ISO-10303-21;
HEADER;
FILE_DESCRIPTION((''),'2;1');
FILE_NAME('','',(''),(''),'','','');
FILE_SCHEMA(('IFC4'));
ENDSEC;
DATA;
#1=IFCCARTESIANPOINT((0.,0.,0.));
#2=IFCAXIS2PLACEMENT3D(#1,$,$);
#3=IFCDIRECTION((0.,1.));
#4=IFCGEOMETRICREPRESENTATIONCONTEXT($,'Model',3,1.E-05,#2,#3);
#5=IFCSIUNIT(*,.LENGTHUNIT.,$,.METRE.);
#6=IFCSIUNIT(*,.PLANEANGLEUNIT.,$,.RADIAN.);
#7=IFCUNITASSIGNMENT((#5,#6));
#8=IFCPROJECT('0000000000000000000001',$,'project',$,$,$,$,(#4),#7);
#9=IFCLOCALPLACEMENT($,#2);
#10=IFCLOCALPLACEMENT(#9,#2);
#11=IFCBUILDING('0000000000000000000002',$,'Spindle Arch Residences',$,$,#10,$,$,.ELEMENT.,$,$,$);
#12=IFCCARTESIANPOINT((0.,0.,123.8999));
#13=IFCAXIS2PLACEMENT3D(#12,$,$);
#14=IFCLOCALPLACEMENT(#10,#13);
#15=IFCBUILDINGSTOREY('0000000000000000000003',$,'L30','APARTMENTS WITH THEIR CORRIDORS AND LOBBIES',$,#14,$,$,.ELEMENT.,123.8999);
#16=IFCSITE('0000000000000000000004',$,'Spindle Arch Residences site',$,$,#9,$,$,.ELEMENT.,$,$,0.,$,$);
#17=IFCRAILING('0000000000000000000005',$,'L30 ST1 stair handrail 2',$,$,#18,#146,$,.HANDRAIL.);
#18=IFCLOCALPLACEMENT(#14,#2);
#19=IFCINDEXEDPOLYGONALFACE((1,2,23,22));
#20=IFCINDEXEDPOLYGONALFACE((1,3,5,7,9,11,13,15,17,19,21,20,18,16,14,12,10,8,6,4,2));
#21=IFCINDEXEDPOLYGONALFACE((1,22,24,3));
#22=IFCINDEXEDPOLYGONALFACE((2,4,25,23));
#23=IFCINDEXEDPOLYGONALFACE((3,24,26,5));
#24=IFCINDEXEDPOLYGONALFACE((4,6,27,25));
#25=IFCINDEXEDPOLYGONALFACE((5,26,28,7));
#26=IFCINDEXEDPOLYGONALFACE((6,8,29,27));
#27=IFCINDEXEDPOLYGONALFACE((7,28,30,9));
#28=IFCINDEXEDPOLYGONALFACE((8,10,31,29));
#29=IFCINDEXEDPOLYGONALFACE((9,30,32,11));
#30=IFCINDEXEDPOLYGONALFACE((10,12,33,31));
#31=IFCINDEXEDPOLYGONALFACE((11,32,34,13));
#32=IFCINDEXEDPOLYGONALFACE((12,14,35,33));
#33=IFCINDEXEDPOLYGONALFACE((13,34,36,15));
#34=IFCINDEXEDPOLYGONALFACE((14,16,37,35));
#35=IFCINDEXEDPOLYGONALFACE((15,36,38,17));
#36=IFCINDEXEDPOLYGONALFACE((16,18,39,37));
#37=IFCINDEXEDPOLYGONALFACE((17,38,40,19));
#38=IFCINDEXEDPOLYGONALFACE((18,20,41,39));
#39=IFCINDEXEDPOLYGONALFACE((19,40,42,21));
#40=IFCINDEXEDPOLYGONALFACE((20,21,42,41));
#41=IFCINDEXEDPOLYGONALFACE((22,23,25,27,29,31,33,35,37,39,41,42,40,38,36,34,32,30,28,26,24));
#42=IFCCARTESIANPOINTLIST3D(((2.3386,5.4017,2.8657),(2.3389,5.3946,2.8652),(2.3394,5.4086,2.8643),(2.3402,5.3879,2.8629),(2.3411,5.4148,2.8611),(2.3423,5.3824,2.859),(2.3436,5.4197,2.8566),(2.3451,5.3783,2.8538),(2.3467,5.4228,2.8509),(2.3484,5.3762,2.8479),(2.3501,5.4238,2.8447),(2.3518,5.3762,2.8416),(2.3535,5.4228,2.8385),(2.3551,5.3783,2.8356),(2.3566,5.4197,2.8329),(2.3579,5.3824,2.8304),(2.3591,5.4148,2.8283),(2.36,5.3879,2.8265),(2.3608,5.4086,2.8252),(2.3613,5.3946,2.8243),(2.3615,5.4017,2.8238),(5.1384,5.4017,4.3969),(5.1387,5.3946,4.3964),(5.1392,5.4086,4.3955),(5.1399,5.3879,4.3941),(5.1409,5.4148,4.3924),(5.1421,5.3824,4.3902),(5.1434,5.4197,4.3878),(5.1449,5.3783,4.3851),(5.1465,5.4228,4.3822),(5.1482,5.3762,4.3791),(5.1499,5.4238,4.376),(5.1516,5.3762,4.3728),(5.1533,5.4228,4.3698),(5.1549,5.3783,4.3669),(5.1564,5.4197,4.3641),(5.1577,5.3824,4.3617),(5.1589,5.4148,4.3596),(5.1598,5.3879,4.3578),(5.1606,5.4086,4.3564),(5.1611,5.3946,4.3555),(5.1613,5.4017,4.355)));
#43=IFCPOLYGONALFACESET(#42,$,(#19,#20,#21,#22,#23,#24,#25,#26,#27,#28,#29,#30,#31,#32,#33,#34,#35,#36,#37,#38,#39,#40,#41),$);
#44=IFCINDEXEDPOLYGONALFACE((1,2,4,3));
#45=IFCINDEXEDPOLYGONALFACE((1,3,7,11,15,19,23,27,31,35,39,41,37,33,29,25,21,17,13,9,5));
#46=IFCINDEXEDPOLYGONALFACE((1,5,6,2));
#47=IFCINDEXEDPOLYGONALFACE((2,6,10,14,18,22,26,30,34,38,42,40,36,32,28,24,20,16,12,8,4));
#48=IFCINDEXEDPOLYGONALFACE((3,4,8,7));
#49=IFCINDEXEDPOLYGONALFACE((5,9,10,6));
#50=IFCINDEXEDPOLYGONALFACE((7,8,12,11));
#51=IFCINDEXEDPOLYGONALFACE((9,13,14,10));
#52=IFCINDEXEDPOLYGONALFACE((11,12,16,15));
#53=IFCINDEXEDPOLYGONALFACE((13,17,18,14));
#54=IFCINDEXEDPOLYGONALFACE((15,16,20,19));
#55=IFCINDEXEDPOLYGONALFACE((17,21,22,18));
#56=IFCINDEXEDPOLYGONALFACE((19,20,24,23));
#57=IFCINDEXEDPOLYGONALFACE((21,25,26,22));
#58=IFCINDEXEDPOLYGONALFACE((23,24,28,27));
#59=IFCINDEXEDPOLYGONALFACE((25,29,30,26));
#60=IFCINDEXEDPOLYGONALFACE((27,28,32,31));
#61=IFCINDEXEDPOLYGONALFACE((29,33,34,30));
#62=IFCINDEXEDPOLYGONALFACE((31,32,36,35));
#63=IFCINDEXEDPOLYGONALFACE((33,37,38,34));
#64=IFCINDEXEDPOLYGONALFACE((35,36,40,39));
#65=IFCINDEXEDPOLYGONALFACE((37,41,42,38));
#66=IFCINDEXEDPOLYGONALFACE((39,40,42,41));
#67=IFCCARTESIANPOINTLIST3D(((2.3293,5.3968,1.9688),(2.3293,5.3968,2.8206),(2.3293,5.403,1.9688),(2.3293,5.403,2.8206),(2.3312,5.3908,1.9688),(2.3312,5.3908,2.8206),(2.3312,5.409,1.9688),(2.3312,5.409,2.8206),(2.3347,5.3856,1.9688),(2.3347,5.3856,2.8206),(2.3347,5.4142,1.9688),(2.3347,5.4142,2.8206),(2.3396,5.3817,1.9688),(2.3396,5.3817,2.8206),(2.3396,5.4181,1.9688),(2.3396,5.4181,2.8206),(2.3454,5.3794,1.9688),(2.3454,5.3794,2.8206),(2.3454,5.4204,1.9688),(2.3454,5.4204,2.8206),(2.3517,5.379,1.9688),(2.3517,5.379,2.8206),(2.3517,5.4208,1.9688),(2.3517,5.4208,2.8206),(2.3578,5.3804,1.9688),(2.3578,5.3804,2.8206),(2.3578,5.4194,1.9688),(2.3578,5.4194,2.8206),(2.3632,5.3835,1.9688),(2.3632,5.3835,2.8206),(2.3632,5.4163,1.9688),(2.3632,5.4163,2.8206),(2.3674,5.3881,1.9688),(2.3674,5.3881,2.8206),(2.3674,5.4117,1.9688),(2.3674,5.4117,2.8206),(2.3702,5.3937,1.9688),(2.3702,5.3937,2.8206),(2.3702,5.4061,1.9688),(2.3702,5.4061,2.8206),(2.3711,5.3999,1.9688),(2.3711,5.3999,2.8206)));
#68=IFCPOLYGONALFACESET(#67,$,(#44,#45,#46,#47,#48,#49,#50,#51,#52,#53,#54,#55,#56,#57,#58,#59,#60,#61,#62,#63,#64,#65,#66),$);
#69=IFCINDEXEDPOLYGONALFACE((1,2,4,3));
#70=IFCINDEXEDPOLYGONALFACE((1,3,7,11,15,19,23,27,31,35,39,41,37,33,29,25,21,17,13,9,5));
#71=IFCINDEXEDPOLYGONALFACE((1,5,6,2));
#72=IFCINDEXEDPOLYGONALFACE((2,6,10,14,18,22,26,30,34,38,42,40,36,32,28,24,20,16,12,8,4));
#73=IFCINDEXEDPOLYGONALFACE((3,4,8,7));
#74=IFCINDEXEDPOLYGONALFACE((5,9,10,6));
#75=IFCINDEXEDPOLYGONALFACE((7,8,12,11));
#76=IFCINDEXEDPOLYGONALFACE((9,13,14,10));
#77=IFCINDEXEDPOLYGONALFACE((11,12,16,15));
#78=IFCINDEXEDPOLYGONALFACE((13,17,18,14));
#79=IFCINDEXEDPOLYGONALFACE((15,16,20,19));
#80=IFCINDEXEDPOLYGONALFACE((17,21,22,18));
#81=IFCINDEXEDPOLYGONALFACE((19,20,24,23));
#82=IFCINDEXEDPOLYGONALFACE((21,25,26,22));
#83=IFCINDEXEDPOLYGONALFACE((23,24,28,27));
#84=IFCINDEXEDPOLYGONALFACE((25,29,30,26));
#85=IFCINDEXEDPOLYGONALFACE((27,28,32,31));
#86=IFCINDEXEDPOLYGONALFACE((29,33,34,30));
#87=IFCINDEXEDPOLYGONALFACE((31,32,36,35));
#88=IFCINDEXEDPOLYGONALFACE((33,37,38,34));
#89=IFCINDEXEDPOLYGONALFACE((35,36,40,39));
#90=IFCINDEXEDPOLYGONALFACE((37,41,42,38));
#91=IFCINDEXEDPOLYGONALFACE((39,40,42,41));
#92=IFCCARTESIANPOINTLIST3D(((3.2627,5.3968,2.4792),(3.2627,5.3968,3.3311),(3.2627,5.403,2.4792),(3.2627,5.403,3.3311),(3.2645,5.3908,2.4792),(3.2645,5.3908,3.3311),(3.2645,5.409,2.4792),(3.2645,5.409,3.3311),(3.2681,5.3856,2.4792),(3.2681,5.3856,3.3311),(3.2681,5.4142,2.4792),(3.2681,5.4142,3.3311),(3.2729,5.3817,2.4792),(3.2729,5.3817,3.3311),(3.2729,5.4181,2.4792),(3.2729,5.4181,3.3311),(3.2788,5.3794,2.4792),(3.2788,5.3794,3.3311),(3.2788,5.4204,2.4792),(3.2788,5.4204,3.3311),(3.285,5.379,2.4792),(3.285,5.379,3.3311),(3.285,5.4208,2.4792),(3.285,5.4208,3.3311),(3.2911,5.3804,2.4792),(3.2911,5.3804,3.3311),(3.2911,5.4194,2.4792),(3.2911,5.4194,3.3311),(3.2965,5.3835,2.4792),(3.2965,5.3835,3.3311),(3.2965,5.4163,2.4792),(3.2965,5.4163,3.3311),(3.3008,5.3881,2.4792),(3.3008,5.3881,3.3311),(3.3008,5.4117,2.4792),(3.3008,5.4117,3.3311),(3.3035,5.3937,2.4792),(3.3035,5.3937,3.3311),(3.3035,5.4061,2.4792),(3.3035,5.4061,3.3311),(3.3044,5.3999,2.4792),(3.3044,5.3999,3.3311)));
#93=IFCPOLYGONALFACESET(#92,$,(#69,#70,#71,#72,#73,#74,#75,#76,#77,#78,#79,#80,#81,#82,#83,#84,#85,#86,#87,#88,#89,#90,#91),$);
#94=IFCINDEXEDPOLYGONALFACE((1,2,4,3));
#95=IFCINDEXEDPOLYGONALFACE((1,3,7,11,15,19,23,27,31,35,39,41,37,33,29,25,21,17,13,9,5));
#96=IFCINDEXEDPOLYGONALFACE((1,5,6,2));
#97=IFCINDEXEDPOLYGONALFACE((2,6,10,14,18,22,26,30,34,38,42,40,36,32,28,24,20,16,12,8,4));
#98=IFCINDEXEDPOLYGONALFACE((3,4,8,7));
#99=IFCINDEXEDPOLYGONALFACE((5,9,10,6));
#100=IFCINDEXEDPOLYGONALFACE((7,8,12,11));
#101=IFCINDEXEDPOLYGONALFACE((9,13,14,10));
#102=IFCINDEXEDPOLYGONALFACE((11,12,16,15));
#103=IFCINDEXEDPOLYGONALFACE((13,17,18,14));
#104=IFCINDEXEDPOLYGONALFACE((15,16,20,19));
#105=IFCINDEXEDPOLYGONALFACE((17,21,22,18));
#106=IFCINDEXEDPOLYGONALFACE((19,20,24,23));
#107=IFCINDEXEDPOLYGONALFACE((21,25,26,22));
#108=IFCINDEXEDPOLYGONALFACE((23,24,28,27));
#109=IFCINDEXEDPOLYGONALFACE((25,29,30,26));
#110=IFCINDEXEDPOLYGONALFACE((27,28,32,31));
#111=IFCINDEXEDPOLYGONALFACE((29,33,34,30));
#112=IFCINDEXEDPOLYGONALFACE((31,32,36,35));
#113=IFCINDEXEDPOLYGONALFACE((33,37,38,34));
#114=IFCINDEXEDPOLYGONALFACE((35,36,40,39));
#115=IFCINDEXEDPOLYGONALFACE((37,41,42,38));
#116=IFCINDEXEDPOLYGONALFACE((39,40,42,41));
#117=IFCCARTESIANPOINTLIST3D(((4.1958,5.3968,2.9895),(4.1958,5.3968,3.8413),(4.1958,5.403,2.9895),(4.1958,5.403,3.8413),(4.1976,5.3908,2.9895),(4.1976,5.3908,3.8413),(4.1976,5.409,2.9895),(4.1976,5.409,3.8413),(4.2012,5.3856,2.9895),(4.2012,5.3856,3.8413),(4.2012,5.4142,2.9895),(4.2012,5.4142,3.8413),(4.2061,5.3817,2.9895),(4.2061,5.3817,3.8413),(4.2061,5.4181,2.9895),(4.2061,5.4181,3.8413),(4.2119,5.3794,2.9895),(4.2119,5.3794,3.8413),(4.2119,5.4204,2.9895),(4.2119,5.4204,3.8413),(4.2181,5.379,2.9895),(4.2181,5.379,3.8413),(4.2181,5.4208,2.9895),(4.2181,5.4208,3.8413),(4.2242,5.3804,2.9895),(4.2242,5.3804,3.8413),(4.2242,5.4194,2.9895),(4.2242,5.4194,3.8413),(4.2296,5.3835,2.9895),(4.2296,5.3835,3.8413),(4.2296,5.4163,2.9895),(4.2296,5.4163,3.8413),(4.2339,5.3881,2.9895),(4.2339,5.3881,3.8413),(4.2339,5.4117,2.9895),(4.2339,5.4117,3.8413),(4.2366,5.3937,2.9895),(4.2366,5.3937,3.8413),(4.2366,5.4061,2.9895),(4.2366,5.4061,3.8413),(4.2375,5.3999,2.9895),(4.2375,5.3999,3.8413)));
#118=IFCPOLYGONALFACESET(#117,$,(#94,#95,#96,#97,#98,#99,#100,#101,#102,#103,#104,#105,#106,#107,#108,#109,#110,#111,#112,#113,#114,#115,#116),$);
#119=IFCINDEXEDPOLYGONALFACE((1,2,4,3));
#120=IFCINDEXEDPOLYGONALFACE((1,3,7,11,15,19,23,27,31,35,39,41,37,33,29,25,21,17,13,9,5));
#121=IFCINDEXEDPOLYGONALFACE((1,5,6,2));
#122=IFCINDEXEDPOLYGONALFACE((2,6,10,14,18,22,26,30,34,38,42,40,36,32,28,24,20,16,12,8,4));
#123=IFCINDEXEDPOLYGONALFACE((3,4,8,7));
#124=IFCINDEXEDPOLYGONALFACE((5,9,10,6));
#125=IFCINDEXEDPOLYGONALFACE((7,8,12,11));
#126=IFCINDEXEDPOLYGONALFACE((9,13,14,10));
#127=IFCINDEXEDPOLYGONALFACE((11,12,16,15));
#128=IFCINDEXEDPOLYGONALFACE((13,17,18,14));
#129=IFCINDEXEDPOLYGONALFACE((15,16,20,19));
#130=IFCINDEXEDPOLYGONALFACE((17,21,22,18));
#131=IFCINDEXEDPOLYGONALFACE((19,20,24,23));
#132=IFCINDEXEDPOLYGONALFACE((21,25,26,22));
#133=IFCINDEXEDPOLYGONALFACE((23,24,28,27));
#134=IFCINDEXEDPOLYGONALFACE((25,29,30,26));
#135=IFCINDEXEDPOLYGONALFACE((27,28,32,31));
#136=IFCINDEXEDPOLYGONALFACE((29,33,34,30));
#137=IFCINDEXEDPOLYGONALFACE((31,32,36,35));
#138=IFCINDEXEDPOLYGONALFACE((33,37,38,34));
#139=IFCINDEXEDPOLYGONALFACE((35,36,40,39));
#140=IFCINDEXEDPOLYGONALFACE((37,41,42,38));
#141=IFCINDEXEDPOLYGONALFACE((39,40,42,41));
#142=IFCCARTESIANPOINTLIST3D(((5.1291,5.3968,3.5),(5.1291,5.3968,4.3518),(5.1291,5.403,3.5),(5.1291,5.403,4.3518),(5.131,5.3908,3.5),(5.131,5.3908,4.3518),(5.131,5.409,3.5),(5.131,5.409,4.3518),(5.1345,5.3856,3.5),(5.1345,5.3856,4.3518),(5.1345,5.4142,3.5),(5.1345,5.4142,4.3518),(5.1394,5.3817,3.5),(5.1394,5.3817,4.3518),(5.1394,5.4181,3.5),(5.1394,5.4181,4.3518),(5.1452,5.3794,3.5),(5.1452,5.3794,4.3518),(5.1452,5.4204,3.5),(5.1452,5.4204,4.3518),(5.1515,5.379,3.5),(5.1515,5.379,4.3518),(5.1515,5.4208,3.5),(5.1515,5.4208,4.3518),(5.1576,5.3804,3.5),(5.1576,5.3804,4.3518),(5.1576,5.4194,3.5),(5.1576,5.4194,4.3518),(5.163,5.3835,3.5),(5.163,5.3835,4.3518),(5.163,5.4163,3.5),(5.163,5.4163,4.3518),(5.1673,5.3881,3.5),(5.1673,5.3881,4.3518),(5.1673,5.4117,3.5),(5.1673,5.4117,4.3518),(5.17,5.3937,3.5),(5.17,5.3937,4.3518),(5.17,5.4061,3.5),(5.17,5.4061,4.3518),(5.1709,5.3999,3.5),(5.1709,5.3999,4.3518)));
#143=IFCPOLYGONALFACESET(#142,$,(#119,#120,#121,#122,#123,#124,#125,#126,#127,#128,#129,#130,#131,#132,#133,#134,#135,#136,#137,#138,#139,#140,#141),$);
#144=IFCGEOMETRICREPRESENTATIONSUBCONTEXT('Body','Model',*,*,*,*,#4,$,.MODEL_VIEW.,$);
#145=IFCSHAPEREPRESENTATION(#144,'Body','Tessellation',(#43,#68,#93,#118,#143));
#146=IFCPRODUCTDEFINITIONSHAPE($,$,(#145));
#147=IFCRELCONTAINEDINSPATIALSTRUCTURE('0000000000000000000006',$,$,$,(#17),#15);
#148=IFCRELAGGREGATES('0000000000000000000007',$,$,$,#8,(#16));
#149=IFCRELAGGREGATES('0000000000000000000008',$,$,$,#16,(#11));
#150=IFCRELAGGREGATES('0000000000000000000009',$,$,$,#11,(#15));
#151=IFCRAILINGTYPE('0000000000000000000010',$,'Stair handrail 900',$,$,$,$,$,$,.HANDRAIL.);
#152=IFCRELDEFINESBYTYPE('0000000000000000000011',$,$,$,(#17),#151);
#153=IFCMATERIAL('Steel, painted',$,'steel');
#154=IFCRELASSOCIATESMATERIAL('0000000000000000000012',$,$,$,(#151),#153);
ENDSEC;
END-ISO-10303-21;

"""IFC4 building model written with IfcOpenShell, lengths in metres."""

from ifc_helpers import new_model, si_unit, direction, frame, origin, origin_2d, place, context, subcontext, project, spatial, circle, extrude, material, type_object, element, save


model = new_model("IFC4")

# Units and contexts
model_context = context("Model", 3, precision=1e-05, world=origin(), true_north=direction((0.0, 1.0)))
body_context = subcontext(model_context, "Body", "Model", "MODEL_VIEW")
ifc_project = project(units=[si_unit("LENGTHUNIT", "METRE"), si_unit("PLANEANGLEUNIT", "RADIAN")], contexts=[model_context])

# Site, building, storey
site_placement = place(None, origin())
site = spatial("IfcSite", under=ifc_project, at=site_placement, Name="Spindle Arch Residences site", CompositionType="ELEMENT", RefElevation=0.0)
building_placement = place(site_placement, origin())
building = spatial("IfcBuilding", under=site, at=building_placement, Name="Spindle Arch Residences", CompositionType="ELEMENT")
storey_placement = place(building_placement, frame((0.0, 0.0, 123.8999)))
storey = spatial("IfcBuildingStorey", under=building, at=storey_placement, Name="L30", Description="APARTMENTS WITH THEIR CORRIDORS AND LOBBIES", CompositionType="ELEMENT", Elevation=123.8999)

# Railing
ifc_material_1 = material(Name="Steel, painted", Category="steel")
railing_type_1 = type_object("IfcRailingType", Name="Stair handrail 900", PredefinedType="HANDRAIL", material=ifc_material_1)
railing_1_placement = place(storey_placement, frame((2.3501, 5.3999, 1.9688)))
element("IfcRailing", 1, at=railing_1_placement, inside=storey, type_object=railing_type_1, Name="L30 ST1 stair handrail 2", PredefinedType="HANDRAIL", context=body_context, shape_type="SweptSolid", body=[
    extrude(circle(Radius=0.0239, at=origin_2d()), frame((0.0, 0.0, 0.876), z_axis=(0.877357, 0.0, 0.479838), x_axis=(0.0, 1.0, 0.0)), (0.0, 0.0, 1.0), 3.1912),
    extrude(circle(Radius=0.021, at=origin_2d()), origin(), (0.0, 0.0, 1.0), 0.8518),
    extrude(circle(Radius=0.021, at=origin_2d()), frame((0.9333, 0.0, 0.5105)), (0.0, 0.0, 1.0), 0.8518),
    extrude(circle(Radius=0.021, at=origin_2d()), frame((1.8665, 0.0, 1.0208)), (0.0, 0.0, 1.0), 0.8518),
    extrude(circle(Radius=0.021, at=origin_2d()), frame((2.7998, 0.0, 1.5312)), (0.0, 0.0, 1.0), 0.8518),
])

save(model, "model.ifc")
